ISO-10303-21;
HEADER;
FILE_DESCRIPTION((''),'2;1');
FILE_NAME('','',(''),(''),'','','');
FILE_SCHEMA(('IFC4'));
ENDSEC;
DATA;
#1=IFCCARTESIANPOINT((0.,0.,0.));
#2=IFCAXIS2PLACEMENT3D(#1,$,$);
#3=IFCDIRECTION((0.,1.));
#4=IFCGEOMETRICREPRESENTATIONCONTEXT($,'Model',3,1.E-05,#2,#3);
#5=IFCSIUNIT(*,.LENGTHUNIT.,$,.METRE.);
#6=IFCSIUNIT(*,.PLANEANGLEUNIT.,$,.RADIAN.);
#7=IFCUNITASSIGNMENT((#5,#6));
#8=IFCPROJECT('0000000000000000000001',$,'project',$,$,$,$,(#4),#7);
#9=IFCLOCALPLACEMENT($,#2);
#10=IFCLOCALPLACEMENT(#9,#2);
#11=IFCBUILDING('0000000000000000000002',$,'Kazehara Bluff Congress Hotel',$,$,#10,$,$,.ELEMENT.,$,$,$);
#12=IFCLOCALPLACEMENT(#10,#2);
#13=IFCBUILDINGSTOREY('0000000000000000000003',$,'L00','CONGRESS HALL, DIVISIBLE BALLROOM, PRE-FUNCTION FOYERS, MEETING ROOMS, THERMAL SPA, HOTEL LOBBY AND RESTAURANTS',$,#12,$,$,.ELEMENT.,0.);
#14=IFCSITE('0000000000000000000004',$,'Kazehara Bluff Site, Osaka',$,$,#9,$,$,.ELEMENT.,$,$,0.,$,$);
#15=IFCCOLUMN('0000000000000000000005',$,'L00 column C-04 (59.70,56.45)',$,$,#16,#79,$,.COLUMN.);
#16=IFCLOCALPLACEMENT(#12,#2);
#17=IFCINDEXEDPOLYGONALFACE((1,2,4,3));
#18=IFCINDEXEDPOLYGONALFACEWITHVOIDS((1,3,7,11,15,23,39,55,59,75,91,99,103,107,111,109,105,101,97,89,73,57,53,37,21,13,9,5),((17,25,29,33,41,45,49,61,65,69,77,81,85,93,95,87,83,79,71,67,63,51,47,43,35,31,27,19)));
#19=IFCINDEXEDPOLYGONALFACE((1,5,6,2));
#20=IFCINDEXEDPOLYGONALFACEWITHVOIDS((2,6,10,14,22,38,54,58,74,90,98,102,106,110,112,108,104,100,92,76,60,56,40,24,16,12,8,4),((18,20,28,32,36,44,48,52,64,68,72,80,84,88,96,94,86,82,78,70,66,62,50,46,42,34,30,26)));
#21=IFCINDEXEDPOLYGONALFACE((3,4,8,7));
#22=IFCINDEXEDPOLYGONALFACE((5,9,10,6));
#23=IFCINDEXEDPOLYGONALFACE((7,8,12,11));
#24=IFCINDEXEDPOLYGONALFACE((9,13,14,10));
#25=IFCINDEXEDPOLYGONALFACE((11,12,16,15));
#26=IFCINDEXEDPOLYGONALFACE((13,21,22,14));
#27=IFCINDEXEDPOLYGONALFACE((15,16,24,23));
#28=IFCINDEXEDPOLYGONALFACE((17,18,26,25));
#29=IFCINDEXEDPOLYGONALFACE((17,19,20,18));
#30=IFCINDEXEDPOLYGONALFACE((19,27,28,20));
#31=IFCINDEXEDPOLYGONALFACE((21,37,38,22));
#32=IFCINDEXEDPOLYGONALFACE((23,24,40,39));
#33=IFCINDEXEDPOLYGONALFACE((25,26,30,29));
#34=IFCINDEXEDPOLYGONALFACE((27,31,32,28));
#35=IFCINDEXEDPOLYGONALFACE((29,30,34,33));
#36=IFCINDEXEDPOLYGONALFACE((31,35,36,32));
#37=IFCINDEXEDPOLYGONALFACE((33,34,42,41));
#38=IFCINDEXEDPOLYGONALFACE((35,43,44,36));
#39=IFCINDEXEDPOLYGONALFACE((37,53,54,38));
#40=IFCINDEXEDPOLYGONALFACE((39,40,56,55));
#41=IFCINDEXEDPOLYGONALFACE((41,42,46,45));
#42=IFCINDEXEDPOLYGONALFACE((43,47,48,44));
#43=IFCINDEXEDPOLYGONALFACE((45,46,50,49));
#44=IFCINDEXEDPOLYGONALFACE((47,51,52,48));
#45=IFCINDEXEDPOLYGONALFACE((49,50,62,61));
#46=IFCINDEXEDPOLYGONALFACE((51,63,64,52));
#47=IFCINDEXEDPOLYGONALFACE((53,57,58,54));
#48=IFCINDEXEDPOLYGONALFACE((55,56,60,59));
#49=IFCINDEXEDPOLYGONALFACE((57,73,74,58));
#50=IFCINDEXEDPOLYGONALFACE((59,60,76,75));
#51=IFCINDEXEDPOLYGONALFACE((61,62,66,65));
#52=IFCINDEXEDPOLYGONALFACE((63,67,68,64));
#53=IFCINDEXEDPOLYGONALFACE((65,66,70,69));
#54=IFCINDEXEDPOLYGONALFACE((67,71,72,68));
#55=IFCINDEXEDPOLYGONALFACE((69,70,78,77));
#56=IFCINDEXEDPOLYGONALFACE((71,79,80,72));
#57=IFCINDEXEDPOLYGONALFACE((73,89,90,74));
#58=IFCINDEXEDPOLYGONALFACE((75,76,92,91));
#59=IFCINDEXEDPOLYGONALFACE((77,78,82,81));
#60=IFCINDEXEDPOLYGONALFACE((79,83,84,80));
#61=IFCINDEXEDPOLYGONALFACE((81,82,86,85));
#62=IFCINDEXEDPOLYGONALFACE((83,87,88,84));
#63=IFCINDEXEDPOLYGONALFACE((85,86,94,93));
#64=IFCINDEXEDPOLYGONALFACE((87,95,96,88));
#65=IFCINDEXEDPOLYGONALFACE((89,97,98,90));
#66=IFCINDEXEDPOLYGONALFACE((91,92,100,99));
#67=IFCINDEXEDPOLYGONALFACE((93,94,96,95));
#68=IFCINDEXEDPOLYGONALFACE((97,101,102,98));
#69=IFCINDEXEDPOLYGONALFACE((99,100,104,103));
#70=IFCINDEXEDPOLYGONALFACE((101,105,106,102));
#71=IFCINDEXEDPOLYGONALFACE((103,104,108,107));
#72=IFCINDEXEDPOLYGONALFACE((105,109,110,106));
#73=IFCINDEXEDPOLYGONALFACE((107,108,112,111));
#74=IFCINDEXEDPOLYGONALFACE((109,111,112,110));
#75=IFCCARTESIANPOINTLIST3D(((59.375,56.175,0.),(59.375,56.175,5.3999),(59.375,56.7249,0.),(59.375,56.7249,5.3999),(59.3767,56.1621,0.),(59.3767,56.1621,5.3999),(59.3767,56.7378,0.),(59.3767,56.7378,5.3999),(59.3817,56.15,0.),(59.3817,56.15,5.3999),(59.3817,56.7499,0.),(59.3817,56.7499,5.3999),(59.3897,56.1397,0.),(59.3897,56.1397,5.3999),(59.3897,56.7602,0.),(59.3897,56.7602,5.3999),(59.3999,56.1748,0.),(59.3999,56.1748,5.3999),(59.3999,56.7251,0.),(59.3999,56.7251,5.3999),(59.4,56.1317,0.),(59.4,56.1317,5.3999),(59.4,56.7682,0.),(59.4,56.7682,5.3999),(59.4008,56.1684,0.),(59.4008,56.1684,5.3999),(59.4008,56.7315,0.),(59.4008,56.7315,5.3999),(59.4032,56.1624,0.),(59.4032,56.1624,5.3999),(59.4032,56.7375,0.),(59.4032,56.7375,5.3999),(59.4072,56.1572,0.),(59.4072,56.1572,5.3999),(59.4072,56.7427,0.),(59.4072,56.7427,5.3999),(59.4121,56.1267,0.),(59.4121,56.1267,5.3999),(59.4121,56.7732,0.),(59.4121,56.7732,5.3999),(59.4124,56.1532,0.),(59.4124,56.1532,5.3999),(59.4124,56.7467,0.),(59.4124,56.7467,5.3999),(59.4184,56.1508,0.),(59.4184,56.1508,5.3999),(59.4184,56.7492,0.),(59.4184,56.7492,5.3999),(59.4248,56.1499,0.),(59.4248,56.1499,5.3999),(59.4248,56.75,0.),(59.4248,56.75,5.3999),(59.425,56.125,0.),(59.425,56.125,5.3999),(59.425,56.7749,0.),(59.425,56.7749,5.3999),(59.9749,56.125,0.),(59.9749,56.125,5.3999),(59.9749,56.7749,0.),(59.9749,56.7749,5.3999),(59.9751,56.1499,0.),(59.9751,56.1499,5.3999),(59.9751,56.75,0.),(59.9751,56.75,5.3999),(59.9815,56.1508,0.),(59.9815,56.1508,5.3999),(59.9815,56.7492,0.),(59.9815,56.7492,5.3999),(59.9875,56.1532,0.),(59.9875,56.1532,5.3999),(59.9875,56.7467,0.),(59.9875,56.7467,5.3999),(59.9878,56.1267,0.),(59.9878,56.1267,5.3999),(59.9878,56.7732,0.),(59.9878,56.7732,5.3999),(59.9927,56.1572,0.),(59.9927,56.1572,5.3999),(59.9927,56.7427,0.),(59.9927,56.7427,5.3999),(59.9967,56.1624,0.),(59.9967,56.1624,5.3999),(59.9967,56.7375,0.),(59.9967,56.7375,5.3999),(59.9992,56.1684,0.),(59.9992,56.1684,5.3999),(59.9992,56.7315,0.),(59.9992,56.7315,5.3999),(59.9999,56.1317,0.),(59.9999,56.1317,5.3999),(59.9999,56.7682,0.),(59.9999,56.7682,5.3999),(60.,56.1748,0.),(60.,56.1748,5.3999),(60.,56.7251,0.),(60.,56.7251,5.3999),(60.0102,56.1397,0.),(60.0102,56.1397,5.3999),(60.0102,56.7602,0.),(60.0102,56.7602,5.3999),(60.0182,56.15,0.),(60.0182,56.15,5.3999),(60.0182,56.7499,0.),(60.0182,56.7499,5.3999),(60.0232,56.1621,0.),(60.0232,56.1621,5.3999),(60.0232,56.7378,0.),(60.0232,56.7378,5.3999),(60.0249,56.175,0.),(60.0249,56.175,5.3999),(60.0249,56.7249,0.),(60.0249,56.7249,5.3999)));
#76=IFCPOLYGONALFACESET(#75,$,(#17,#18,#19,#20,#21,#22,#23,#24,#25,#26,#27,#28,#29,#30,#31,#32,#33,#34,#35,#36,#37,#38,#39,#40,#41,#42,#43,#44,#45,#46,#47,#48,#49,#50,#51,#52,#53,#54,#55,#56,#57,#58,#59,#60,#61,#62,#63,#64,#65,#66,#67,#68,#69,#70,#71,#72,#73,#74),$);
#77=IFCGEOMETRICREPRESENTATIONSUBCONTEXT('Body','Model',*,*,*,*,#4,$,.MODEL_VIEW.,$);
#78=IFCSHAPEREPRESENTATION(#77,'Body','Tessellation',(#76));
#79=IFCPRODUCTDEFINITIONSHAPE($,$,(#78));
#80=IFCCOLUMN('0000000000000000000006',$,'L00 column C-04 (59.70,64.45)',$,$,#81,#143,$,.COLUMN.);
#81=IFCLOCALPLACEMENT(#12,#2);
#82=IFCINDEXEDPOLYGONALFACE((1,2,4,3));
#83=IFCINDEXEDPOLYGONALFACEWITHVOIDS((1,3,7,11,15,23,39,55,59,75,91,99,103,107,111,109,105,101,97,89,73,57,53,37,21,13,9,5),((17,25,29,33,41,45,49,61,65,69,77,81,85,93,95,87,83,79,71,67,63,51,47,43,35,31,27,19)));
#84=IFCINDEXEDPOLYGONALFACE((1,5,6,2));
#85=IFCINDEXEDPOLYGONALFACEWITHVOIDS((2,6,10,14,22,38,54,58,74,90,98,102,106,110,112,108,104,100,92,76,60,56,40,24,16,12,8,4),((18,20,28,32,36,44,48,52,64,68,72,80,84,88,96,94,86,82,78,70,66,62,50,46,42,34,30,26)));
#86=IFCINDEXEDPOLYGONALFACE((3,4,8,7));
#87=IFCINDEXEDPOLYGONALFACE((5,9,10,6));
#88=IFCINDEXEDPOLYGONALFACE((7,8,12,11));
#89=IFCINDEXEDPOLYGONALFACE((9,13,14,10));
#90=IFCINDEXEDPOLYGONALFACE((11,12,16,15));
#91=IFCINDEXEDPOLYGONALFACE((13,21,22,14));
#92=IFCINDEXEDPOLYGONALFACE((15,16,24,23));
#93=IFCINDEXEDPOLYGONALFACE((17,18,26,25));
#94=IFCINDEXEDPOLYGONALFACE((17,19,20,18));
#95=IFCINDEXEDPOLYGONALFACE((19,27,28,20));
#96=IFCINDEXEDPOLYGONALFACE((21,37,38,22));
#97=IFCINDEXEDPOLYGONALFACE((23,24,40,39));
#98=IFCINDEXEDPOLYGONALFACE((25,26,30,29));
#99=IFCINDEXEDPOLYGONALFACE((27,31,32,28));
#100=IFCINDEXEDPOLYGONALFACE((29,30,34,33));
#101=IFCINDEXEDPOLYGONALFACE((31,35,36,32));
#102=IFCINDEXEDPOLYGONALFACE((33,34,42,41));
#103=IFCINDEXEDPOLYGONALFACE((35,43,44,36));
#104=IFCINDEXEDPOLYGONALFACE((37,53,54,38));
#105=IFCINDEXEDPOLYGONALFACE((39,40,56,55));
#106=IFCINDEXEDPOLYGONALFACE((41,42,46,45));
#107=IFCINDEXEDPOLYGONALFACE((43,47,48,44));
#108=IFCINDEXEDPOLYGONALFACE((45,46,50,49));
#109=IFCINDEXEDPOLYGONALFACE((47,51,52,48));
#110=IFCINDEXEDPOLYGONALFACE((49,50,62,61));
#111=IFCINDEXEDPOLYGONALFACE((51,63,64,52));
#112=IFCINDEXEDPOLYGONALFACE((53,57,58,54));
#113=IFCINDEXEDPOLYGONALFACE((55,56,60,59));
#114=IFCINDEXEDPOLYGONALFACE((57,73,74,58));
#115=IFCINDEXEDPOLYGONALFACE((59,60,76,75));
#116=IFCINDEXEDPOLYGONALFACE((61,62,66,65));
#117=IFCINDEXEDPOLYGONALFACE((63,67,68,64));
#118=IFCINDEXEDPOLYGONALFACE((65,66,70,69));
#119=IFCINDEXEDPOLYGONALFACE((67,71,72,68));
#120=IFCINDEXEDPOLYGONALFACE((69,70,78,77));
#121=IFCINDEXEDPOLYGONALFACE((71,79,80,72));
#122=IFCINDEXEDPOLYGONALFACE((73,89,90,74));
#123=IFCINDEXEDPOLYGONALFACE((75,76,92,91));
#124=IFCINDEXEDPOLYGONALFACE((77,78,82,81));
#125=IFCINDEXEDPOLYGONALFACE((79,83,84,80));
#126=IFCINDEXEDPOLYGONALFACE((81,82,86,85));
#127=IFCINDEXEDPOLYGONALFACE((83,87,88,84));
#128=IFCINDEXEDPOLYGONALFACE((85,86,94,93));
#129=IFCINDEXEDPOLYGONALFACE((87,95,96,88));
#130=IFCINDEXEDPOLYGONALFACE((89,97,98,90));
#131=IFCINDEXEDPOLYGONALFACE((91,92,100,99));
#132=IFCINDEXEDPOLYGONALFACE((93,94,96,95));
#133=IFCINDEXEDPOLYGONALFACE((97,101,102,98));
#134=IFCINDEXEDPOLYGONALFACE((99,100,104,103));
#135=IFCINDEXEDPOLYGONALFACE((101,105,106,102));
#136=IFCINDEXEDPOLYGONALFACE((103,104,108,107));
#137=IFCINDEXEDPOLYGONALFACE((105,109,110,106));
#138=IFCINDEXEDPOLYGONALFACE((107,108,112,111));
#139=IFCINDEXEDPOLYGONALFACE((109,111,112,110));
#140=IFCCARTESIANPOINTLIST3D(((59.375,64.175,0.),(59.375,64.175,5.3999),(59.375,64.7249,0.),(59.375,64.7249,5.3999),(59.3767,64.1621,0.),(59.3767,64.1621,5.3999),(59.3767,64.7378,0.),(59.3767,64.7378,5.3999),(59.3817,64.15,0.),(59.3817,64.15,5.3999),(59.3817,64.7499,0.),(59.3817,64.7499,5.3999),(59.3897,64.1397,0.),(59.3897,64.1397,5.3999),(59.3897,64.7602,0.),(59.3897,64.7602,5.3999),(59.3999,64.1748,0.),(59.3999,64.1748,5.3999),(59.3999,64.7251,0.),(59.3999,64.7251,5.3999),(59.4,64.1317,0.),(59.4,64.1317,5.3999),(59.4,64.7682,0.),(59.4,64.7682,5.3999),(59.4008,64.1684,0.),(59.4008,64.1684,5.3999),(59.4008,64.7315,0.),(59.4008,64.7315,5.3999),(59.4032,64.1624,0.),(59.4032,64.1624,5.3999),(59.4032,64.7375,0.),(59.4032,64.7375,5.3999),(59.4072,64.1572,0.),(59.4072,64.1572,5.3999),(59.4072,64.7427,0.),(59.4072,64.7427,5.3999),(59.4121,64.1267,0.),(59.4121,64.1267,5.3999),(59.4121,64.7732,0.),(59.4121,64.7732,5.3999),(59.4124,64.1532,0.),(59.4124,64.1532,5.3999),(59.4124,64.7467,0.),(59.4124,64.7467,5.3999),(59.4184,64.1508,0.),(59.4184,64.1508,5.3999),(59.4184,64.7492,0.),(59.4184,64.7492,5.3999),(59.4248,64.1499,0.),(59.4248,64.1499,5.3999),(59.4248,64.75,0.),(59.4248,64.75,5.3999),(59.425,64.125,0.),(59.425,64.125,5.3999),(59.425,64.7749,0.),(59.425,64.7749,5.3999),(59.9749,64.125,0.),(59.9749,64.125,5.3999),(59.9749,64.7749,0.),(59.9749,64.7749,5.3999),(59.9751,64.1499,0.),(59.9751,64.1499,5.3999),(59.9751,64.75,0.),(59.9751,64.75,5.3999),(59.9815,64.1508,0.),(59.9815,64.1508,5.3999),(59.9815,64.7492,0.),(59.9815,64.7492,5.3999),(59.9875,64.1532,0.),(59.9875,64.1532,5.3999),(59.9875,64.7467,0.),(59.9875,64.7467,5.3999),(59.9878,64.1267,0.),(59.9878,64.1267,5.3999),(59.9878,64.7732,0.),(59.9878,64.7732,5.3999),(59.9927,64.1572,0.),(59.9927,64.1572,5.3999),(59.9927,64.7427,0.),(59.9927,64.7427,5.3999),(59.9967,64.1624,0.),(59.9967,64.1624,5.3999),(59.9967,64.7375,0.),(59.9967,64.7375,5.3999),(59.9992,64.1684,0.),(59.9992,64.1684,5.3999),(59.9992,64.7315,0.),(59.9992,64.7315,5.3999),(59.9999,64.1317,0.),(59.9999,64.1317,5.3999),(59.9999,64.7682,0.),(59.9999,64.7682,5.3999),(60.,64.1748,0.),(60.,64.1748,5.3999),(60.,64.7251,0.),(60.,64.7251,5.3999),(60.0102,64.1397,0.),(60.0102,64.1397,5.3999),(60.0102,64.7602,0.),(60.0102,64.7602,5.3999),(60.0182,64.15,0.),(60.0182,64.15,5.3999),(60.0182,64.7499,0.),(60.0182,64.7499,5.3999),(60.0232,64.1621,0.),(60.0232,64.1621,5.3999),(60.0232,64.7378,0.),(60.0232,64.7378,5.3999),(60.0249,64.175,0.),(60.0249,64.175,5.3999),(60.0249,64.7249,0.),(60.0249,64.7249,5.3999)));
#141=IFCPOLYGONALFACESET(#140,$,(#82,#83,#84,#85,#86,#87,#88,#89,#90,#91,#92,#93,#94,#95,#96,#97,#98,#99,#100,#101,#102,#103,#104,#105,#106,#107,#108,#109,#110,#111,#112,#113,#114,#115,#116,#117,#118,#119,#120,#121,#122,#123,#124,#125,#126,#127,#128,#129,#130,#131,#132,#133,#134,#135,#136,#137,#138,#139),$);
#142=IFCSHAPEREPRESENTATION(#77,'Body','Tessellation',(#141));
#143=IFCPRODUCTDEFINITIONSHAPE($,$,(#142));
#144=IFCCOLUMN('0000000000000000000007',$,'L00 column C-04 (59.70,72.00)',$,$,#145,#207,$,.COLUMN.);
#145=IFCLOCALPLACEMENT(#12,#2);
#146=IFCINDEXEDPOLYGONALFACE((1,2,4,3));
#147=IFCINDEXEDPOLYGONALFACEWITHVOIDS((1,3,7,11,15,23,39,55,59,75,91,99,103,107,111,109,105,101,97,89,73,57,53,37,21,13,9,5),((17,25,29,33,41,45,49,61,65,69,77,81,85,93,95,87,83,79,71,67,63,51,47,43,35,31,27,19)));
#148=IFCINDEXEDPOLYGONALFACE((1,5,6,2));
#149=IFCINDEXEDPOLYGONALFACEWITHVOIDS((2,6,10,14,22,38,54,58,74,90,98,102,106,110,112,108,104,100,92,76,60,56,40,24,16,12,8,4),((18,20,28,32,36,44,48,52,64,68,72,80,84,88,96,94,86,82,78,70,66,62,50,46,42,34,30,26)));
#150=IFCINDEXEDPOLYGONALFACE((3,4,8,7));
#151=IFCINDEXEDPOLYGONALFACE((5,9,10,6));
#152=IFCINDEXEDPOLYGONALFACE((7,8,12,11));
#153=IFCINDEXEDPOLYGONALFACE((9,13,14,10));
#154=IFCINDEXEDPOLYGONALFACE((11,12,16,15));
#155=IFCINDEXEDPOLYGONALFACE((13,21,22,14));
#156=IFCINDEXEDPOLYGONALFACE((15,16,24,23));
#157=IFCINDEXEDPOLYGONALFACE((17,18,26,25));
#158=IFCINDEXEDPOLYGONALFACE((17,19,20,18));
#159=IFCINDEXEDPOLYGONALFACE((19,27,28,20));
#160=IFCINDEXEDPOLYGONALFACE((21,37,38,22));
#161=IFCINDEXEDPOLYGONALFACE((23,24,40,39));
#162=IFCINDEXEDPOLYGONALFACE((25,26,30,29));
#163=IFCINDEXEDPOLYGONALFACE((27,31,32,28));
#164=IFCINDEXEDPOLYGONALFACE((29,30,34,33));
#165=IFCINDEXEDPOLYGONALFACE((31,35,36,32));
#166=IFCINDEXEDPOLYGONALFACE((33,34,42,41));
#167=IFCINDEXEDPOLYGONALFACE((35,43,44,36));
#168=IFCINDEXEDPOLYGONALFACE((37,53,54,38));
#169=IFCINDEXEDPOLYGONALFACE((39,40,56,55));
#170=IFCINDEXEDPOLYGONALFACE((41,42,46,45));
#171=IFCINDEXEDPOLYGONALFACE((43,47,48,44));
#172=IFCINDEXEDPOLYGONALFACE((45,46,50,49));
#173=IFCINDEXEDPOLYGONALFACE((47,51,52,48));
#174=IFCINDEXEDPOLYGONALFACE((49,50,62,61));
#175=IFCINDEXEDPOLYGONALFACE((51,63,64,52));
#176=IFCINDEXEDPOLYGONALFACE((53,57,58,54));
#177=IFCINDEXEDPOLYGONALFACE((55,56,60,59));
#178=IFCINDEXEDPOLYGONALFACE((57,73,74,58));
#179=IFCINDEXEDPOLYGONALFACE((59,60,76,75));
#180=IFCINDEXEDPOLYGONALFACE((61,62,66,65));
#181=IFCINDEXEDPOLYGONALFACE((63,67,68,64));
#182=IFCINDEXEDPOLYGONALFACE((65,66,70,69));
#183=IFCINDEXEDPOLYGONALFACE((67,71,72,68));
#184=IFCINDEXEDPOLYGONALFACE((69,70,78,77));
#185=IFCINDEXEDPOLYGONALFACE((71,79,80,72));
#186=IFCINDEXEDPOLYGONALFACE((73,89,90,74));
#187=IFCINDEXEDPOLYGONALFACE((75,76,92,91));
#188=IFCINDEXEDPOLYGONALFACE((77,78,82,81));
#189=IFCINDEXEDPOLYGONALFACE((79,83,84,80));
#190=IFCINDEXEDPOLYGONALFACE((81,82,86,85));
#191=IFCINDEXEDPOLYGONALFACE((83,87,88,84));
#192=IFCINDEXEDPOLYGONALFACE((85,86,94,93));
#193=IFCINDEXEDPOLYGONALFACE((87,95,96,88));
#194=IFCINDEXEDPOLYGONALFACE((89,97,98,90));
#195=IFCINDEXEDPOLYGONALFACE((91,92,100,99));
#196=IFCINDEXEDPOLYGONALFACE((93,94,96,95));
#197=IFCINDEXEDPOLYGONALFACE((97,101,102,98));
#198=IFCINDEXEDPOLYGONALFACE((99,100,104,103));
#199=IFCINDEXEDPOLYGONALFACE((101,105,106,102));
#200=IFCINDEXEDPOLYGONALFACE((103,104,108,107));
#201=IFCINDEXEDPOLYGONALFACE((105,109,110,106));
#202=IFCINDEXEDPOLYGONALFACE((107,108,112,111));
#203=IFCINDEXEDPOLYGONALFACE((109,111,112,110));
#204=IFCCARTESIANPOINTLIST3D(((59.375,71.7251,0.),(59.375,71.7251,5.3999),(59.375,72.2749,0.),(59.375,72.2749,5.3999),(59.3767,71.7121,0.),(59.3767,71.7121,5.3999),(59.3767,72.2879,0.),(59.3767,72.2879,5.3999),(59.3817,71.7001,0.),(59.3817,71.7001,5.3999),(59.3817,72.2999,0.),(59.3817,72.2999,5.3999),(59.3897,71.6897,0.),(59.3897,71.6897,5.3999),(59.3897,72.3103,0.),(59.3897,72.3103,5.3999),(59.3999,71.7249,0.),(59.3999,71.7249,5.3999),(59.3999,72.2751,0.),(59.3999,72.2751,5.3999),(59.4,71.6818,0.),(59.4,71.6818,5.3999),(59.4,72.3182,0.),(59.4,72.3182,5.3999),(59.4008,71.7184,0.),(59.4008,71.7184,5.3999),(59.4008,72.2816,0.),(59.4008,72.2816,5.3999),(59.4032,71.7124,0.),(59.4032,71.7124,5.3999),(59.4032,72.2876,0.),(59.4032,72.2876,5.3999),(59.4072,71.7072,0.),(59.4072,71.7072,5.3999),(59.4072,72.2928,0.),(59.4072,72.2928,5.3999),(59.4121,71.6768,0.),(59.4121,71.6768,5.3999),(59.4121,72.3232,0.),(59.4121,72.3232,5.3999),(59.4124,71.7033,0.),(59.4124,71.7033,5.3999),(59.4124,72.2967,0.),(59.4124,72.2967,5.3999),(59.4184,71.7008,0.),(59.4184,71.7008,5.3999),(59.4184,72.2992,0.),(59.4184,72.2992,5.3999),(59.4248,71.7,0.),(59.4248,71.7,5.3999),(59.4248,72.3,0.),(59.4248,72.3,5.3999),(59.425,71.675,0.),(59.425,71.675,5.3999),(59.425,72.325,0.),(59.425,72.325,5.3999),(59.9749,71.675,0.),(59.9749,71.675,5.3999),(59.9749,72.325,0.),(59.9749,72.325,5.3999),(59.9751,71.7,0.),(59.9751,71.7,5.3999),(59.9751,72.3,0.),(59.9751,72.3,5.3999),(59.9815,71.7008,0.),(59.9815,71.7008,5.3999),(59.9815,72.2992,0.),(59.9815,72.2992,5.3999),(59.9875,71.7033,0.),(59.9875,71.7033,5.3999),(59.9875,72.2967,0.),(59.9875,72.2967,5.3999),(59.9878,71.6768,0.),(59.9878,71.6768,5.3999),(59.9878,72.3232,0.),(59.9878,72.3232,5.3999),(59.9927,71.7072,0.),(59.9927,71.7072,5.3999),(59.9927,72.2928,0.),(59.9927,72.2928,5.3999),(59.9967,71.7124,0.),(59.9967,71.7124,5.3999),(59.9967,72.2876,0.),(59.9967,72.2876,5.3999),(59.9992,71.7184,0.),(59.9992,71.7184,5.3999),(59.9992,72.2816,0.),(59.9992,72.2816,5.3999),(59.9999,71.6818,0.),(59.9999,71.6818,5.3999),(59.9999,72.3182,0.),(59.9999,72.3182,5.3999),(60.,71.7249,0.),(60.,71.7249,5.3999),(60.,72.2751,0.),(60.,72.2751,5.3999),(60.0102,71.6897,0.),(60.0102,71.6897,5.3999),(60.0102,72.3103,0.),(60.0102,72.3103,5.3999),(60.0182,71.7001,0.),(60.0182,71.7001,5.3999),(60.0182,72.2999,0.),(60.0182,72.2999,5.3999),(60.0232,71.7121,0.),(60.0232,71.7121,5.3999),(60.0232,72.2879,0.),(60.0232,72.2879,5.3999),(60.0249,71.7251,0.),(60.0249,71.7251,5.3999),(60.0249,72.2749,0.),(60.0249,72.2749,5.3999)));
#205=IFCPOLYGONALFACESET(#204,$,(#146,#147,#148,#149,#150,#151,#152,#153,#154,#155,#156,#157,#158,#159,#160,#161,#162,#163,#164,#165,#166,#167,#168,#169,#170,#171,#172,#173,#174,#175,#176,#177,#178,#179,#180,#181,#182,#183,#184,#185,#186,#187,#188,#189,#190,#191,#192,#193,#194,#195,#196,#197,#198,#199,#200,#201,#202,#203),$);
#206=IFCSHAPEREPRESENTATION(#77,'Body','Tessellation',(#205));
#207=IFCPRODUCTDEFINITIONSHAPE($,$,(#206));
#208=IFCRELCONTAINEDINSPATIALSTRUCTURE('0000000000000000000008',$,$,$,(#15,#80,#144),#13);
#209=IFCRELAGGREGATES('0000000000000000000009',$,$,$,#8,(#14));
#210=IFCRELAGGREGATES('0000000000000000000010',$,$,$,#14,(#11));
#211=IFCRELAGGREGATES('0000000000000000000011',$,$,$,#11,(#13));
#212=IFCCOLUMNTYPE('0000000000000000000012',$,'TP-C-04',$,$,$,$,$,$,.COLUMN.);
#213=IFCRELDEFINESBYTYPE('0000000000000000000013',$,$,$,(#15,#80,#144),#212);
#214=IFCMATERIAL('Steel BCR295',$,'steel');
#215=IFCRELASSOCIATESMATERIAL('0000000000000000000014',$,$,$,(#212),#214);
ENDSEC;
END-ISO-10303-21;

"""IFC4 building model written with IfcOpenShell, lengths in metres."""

from ifc_helpers import new_model, si_unit, direction, frame, origin, origin_2d, place, context, subcontext, project, spatial, hollow_rectangle, extrude, material, material_profile, profile_set, type_object, element, save


model = new_model("IFC4")

# Units and contexts
model_context = context("Model", 3, precision=1e-05, world=origin(), true_north=direction((0.0, 1.0)))
body_context = subcontext(model_context, "Body", "Model", "MODEL_VIEW")
ifc_project = project(units=[si_unit("LENGTHUNIT", "METRE"), si_unit("PLANEANGLEUNIT", "RADIAN")], contexts=[model_context])

# Site, building, storey
site_placement = place(None, origin())
site = spatial("IfcSite", under=ifc_project, at=site_placement, Name="Kazehara Bluff Site, Osaka", CompositionType="ELEMENT", RefElevation=0.0)
building_placement = place(site_placement, origin())
building = spatial("IfcBuilding", under=site, at=building_placement, Name="Kazehara Bluff Congress Hotel", CompositionType="ELEMENT")
storey_placement = place(building_placement, origin())
storey = spatial("IfcBuildingStorey", under=building, at=storey_placement, Name="L00", Description="CONGRESS HALL, DIVISIBLE BALLROOM, PRE-FUNCTION FOYERS, MEETING ROOMS, THERMAL SPA, HOTEL LOBBY AND RESTAURANTS", CompositionType="ELEMENT", Elevation=0.0)

# Columns
ifc_material_1 = material(Name="Steel BCR295", Category="steel")
ifc_material_profile_1 = material_profile(ifc_material_1, hollow_rectangle(XDim=0.6499, YDim=0.6499, WallThickness=0.0249, InnerFilletRadius=0.0249, OuterFilletRadius=0.05, at=origin_2d()))
ifc_profile_set_1 = profile_set([ifc_material_profile_1], Name="Steel BCR295")
column_type = type_object("IfcColumnType", Name="TP-C-04", PredefinedType="COLUMN", material=ifc_profile_set_1)
for number, where, z_axis, x_axis, name in (
    (1, (59.7, 56.45, 0.0), (0.0, 0.0, 1.0), (1.0, 0.0, 0.0), "L00 column C-04 (59.70,56.45)"),
    (2, (59.7, 64.45, 0.0), (0.0, 0.0, 1.0), (1.0, 0.0, 0.0), "L00 column C-04 (59.70,64.45)"),
    (3, (59.7, 72.0, 0.0), (0.0, 0.0, 1.0), (1.0, 0.0, 0.0), "L00 column C-04 (59.70,72.00)"),
):
    element("IfcColumn", number, at=place(storey_placement, frame(where, z_axis=z_axis, x_axis=x_axis)), inside=storey, type_object=column_type, Name=name, PredefinedType="COLUMN", context=body_context, shape_type="SweptSolid", body=[
        extrude(hollow_rectangle(XDim=0.6499, YDim=0.6499, WallThickness=0.0249, InnerFilletRadius=0.0249, OuterFilletRadius=0.05, at=origin_2d()), origin(), (0.0, 0.0, 1.0), 5.3999),
    ])

save(model, "model.ifc")
